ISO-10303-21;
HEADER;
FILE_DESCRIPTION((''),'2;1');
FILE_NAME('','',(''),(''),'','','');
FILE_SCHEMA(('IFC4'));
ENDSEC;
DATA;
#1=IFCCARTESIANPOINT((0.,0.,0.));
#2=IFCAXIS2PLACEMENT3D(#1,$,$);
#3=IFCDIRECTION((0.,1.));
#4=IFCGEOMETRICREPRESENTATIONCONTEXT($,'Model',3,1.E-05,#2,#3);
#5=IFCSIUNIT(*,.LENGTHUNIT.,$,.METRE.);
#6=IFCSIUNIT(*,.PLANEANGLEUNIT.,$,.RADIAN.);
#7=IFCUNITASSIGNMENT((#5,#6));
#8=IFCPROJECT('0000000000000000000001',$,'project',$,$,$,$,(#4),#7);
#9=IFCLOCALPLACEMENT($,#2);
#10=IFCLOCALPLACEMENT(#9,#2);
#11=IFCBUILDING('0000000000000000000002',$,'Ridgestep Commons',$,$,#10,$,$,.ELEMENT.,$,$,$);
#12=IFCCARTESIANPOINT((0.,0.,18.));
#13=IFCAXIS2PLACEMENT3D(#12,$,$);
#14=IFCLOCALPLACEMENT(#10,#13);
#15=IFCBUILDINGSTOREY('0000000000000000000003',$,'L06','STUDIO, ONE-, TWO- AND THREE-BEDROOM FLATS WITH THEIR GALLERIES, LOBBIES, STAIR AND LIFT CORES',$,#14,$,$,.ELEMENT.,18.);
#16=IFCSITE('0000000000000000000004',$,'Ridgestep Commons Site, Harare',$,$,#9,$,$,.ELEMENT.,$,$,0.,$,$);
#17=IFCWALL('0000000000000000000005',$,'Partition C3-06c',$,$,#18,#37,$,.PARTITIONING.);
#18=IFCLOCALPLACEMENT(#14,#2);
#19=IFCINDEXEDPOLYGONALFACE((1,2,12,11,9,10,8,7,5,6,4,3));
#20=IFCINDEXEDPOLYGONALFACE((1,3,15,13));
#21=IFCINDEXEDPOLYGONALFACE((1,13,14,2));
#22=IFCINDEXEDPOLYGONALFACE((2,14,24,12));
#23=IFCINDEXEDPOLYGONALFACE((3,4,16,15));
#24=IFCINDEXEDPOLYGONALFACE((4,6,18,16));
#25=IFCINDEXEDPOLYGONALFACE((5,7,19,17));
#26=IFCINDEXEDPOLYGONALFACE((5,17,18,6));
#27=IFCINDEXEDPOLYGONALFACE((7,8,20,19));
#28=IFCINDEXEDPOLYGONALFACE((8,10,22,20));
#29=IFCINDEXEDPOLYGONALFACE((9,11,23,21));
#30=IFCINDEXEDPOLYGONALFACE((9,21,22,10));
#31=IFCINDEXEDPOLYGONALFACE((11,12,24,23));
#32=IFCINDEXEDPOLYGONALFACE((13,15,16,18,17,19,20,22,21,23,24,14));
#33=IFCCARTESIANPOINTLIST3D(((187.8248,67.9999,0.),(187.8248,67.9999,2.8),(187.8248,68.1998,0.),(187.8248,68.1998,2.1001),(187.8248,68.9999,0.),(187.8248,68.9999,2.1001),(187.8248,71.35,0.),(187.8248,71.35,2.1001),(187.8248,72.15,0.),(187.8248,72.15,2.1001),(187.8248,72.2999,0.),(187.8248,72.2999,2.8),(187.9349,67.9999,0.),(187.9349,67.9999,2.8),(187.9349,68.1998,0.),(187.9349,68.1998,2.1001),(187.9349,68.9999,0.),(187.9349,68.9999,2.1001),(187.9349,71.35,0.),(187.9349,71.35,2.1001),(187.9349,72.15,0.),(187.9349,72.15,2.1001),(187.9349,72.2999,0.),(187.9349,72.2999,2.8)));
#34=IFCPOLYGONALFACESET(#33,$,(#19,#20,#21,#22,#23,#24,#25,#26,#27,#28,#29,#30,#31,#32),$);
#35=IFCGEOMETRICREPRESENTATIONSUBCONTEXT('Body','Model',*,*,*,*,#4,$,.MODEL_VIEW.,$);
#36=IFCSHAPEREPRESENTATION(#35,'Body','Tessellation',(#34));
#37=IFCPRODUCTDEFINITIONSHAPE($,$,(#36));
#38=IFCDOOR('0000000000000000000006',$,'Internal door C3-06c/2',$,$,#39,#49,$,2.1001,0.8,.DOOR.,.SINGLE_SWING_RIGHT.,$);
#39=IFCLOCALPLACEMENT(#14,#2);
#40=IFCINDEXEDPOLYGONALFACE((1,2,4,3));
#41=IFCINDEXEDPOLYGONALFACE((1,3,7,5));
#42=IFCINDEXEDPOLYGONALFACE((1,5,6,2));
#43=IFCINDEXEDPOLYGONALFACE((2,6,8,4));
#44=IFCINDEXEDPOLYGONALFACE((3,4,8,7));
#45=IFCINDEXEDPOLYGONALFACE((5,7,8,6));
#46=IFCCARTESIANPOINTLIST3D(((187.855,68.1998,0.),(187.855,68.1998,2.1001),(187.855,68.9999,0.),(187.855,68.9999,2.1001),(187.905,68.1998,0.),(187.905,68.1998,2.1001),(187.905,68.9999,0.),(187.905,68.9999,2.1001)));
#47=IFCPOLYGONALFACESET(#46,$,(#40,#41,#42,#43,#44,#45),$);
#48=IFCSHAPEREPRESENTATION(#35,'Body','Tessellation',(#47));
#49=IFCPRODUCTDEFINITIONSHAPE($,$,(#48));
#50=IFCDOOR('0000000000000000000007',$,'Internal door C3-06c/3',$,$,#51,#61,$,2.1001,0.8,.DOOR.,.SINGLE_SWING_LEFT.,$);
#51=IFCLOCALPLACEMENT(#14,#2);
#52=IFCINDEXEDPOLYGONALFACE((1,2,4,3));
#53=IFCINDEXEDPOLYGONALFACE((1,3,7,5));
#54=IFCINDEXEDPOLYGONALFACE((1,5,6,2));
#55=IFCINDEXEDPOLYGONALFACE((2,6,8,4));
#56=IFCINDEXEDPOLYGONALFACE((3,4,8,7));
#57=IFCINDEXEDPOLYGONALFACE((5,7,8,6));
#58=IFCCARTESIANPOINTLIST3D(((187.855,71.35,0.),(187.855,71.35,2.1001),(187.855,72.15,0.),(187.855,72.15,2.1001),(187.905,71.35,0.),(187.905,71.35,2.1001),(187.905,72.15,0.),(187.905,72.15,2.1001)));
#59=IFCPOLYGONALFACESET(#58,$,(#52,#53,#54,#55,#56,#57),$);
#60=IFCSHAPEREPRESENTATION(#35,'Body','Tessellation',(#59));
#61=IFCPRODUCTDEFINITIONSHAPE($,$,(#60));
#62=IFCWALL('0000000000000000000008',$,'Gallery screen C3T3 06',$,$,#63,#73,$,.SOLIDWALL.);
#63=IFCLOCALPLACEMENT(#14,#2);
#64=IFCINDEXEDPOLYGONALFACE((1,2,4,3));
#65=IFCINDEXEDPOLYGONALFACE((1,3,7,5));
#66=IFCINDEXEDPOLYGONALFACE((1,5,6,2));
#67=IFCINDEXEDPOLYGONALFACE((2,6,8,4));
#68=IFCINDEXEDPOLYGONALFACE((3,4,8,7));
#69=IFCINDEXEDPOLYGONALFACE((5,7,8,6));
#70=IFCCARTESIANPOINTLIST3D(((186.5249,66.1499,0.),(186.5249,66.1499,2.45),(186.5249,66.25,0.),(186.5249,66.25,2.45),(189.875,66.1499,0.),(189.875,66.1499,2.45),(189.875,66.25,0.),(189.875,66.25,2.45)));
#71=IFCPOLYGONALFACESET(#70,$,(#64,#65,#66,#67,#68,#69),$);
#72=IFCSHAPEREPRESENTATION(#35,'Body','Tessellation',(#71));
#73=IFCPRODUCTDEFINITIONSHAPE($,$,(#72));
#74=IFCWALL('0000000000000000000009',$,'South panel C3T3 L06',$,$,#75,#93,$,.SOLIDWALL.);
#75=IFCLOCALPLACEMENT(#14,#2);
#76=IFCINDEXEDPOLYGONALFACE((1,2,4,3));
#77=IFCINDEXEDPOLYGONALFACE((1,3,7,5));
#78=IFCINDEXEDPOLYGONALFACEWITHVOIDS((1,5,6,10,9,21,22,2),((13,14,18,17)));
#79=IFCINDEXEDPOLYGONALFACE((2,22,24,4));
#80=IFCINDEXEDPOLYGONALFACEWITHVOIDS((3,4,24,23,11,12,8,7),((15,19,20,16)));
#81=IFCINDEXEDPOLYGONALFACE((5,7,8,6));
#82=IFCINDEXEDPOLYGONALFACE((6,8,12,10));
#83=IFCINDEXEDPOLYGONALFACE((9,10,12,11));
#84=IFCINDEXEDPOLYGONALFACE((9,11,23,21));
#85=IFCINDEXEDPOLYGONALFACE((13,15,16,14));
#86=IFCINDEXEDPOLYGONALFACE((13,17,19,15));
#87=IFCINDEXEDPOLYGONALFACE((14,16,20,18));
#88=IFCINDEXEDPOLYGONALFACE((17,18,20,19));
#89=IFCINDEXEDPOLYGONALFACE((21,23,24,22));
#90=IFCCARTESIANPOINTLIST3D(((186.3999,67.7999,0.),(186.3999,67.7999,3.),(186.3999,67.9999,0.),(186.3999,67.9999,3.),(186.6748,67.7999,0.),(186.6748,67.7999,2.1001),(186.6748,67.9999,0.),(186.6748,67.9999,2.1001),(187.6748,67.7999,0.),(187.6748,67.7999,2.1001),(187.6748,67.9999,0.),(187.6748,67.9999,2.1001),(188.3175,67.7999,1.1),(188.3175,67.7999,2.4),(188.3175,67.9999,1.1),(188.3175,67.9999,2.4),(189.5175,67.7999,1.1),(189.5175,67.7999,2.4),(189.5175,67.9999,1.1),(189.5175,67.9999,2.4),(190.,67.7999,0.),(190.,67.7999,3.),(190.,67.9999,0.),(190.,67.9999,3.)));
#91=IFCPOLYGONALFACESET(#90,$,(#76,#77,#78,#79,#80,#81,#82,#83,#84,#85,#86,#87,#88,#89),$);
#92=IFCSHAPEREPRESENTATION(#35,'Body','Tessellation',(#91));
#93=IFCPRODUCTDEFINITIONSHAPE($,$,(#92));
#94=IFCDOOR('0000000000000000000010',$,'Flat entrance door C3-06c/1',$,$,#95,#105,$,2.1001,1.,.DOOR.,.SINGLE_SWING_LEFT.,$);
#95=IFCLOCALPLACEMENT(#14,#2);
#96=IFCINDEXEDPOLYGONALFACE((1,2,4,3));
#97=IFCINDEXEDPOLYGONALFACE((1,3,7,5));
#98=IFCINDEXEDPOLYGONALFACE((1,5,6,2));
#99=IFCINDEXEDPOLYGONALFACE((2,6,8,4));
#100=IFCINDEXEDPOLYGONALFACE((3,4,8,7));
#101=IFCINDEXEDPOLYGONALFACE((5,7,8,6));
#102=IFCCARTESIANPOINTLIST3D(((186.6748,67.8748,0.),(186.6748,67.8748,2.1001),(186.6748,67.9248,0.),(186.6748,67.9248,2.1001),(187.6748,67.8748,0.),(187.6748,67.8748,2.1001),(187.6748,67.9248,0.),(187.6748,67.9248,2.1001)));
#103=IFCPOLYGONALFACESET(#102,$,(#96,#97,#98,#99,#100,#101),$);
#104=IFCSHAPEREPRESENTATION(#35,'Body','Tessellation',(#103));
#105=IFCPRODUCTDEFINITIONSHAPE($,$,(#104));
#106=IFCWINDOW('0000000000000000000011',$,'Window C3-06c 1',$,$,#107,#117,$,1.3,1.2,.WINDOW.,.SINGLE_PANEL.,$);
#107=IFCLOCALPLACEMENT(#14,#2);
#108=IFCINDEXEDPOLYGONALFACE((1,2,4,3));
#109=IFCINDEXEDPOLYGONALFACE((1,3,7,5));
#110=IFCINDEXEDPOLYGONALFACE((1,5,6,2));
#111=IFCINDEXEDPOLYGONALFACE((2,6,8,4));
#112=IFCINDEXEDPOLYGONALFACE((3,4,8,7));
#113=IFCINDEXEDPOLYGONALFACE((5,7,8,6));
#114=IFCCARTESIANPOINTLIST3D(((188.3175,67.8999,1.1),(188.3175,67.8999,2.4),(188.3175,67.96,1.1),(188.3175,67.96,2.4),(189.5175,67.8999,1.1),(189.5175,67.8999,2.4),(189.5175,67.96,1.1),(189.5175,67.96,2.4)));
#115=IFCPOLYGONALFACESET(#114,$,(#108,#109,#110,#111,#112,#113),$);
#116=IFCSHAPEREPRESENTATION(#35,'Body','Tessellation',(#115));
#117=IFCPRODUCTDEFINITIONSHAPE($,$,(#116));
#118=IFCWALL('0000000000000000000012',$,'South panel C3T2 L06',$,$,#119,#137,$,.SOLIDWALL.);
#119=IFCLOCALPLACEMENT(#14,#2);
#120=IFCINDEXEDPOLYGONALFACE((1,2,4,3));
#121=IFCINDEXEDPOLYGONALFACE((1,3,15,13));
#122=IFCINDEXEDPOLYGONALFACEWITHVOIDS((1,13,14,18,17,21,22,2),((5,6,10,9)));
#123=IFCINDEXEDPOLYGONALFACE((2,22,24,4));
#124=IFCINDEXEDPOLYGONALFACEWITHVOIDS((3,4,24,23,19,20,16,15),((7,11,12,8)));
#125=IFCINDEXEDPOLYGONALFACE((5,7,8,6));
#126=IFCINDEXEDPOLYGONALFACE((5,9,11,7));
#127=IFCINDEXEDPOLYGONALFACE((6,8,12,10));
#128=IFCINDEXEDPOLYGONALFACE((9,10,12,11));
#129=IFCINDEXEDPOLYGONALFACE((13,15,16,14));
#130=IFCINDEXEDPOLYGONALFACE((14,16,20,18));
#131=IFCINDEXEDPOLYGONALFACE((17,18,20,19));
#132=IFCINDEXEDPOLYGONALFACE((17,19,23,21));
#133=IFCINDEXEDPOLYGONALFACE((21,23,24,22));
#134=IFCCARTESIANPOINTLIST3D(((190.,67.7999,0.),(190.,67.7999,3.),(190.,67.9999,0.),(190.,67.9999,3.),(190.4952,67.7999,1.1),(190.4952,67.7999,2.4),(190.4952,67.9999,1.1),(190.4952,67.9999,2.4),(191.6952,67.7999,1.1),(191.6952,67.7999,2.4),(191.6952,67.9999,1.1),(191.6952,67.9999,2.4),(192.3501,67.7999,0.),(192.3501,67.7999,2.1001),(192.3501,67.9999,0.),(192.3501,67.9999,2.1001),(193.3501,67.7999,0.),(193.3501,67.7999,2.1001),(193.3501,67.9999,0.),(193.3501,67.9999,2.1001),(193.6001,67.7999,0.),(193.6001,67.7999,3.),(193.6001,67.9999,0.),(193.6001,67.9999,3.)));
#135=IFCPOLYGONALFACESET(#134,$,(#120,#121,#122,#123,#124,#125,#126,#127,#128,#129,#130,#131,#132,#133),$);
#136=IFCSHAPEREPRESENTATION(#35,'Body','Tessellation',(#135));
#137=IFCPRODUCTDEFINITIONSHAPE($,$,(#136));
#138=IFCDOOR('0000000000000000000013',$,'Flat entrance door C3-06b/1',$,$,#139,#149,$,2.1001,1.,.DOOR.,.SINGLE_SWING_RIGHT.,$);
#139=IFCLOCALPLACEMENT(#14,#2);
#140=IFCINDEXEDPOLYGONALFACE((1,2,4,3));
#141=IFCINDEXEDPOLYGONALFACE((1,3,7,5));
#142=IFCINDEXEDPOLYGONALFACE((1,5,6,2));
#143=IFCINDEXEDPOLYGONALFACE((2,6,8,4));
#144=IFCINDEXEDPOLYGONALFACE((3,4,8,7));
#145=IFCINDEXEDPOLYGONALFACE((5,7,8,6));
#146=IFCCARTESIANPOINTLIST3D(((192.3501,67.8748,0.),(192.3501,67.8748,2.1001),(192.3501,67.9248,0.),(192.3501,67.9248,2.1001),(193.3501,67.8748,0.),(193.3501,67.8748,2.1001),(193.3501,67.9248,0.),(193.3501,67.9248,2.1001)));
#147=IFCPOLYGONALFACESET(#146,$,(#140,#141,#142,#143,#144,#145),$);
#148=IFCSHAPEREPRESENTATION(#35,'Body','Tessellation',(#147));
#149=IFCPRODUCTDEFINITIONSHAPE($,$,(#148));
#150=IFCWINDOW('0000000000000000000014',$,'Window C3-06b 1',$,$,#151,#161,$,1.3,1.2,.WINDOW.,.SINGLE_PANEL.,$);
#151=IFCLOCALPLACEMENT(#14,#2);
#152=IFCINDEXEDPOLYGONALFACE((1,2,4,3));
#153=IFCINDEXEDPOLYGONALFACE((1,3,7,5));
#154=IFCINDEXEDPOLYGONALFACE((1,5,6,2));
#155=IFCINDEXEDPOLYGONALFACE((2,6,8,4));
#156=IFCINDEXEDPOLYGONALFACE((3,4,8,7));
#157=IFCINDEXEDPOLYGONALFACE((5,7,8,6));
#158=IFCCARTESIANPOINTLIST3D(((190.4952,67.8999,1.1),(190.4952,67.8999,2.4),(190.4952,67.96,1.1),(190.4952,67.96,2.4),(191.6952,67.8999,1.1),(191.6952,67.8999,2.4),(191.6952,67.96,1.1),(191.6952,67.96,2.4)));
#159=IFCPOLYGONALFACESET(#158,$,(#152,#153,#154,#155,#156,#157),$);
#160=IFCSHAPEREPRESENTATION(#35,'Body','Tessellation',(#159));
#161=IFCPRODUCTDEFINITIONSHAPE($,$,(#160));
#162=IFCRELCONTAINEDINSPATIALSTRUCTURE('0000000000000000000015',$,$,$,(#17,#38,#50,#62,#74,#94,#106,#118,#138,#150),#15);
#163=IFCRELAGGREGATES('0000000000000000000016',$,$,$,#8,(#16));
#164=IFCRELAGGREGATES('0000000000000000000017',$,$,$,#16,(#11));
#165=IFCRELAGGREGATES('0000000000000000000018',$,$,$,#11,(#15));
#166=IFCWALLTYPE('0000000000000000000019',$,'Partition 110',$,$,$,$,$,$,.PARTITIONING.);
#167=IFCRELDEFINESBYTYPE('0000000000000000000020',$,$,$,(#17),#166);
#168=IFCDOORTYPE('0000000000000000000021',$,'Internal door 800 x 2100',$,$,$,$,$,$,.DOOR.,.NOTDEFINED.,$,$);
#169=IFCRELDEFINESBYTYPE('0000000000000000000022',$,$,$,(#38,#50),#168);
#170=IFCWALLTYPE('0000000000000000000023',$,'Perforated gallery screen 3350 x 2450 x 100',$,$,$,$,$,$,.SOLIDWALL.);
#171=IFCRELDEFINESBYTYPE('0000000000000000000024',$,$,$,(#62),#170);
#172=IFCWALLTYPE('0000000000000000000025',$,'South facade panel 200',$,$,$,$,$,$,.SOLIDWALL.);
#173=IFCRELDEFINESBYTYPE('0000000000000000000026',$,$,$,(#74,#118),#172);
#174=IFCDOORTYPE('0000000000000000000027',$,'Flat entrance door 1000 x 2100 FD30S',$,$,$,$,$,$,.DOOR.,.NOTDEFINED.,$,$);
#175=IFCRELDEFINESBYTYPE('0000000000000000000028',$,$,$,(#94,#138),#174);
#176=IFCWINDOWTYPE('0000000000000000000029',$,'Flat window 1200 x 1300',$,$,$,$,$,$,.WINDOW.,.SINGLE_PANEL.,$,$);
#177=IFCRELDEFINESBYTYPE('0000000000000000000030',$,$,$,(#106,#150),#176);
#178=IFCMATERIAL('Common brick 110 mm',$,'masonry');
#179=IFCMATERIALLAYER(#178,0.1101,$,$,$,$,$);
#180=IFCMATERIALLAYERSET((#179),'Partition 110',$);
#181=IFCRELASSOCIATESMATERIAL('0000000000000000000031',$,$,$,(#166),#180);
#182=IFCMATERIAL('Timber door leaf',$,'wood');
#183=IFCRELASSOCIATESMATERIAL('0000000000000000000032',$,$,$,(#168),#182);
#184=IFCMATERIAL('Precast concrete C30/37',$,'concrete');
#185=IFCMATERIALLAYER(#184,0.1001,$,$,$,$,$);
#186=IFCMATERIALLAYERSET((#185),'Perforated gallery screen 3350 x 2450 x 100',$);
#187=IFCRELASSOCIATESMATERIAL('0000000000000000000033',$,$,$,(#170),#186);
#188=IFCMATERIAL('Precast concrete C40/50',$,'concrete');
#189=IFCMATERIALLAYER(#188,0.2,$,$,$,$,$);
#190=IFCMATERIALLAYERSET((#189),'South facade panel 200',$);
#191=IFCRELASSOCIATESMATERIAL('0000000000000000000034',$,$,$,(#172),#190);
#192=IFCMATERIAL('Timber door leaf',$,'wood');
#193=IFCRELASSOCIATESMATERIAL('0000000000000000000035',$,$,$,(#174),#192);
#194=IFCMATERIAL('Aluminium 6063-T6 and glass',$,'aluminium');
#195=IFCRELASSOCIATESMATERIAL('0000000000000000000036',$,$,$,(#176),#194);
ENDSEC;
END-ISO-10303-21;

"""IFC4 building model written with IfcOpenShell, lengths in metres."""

from ifc_helpers import new_model, si_unit, direction, frame, frame_2d, origin, place, context, subcontext, project, spatial, rectangle, extrude, material, layer, layer_set, type_object, element, fill, save


model = new_model("IFC4")

# Units and contexts
model_context = context("Model", 3, precision=1e-05, world=origin(), true_north=direction((0.0, 1.0)))
body_context = subcontext(model_context, "Body", "Model", "MODEL_VIEW")
ifc_project = project(units=[si_unit("LENGTHUNIT", "METRE"), si_unit("PLANEANGLEUNIT", "RADIAN")], contexts=[model_context])

# Site, building, storey
site_placement = place(None, origin())
site = spatial("IfcSite", under=ifc_project, at=site_placement, Name="Ridgestep Commons Site, Harare", CompositionType="ELEMENT", RefElevation=0.0)
building_placement = place(site_placement, origin())
building = spatial("IfcBuilding", under=site, at=building_placement, Name="Ridgestep Commons", CompositionType="ELEMENT")
storey_placement = place(building_placement, frame((0.0, 0.0, 18.0)))
storey = spatial("IfcBuildingStorey", under=building, at=storey_placement, Name="L06", Description="STUDIO, ONE-, TWO- AND THREE-BEDROOM FLATS WITH THEIR GALLERIES, LOBBIES, STAIR AND LIFT CORES", CompositionType="ELEMENT", Elevation=18.0)

# Wall, openings, doors
ifc_material_1 = material(Name="Common brick 110 mm", Category="masonry")
ifc_layer_1 = layer(ifc_material_1, 0.1101)
ifc_layer_set_1 = layer_set([ifc_layer_1], Name="Partition 110")
wall_type_1 = type_object("IfcWallType", Name="Partition 110", PredefinedType="PARTITIONING", material=ifc_layer_set_1)
ifc_material_2 = material(Name="Timber door leaf", Category="wood")
door_type_1 = type_object("IfcDoorType", Name="Internal door 800 x 2100", OperationType="NOTDEFINED", PredefinedType="DOOR", material=ifc_material_2)
wall_1_placement = place(storey_placement, frame((187.8799, 68.0, 0.0), z_axis=(0.0, 0.0, 1.0), x_axis=(0.0, 1.0, 0.0)))
wall_1 = element("IfcWall", 1, at=wall_1_placement, inside=storey, type_object=wall_type_1, Name="Partition C3-06c", PredefinedType="PARTITIONING", context=body_context, shape_type="SweptSolid", body=[
    extrude(rectangle(XDim=4.3, YDim=0.1101, at=frame_2d((2.1499, 0.0))), origin(), (0.0, 0.0, 1.0), 2.8),
])
opening_1_placement = place(wall_1_placement, frame((0.2, 0.0, 0.0)))
opening_1 = element("IfcOpeningElement", 2, at=opening_1_placement, cuts=wall_1, PredefinedType="OPENING", context=body_context, shape_type="SweptSolid", body=[
    extrude(rectangle(XDim=0.8, YDim=2.1001, at=frame_2d((0.3999, 1.05))), frame((0.0, 0.0649, 0.0), z_axis=(0.0, -1.0, 0.0), x_axis=(1.0, 0.0, 0.0)), (0.0, 0.0, 1.0), 0.1301),
])
opening_2_placement = place(wall_1_placement, frame((3.3501, 0.0, 0.0)))
opening_2 = element("IfcOpeningElement", 3, at=opening_2_placement, cuts=wall_1, PredefinedType="OPENING", context=body_context, shape_type="SweptSolid", body=[
    extrude(rectangle(XDim=0.8, YDim=2.1001, at=frame_2d((0.3999, 1.05))), frame((0.0, 0.0649, 0.0), z_axis=(0.0, -1.0, 0.0), x_axis=(1.0, 0.0, 0.0)), (0.0, 0.0, 1.0), 0.1301),
])
door_1_placement = place(opening_1_placement, origin())
door_1 = element("IfcDoor", 4, at=door_1_placement, inside=storey, type_object=door_type_1, Name="Internal door C3-06c/2", OperationType="SINGLE_SWING_RIGHT", OverallHeight=2.1001, OverallWidth=0.8, PredefinedType="DOOR", context=body_context, shape_type="SweptSolid", body=[
    extrude(rectangle(XDim=0.8, YDim=2.1001, at=frame_2d((0.3999, 1.05))), frame((0.0, 0.0249, 0.0), z_axis=(0.0, -1.0, 0.0), x_axis=(1.0, 0.0, 0.0)), (0.0, 0.0, 1.0), 0.05),
])
fill(opening_1, door_1)
door_2_placement = place(opening_2_placement, origin())
door_2 = element("IfcDoor", 5, at=door_2_placement, inside=storey, type_object=door_type_1, Name="Internal door C3-06c/3", OperationType="SINGLE_SWING_LEFT", OverallHeight=2.1001, OverallWidth=0.8, PredefinedType="DOOR", context=body_context, shape_type="SweptSolid", body=[
    extrude(rectangle(XDim=0.8, YDim=2.1001, at=frame_2d((0.3999, 1.05))), frame((0.0, 0.0249, 0.0), z_axis=(0.0, -1.0, 0.0), x_axis=(1.0, 0.0, 0.0)), (0.0, 0.0, 1.0), 0.05),
])
fill(opening_2, door_2)

# Wall
ifc_material_3 = material(Name="Precast concrete C30/37", Category="concrete")
ifc_layer_2 = layer(ifc_material_3, 0.1001)
ifc_layer_set_2 = layer_set([ifc_layer_2], Name="Perforated gallery screen 3350 x 2450 x 100")
wall_type_2 = type_object("IfcWallType", Name="Perforated gallery screen 3350 x 2450 x 100", PredefinedType="SOLIDWALL", material=ifc_layer_set_2)
wall_2_placement = place(storey_placement, frame((186.5249, 66.2, 0.0), z_axis=(0.0, 0.0, 1.0), x_axis=(1.0, 0.0, 0.0)))
element("IfcWall", 6, at=wall_2_placement, inside=storey, type_object=wall_type_2, Name="Gallery screen C3T3 06", PredefinedType="SOLIDWALL", context=body_context, shape_type="SweptSolid", body=[
    extrude(rectangle(XDim=3.3501, YDim=0.1001, at=frame_2d((1.675, 0.0))), origin(), (0.0, 0.0, 1.0), 2.45),
])

# Walls, openings, doors, windows
ifc_material_4 = material(Name="Precast concrete C40/50", Category="concrete")
ifc_layer_3 = layer(ifc_material_4, 0.2)
ifc_layer_set_3 = layer_set([ifc_layer_3], Name="South facade panel 200")
wall_type_3 = type_object("IfcWallType", Name="South facade panel 200", PredefinedType="SOLIDWALL", material=ifc_layer_set_3)
wall_3_placement = place(storey_placement, frame((186.3999, 67.8999, 0.0), z_axis=(0.0, 0.0, 1.0), x_axis=(1.0, 0.0, 0.0)))
wall_3 = element("IfcWall", 7, at=wall_3_placement, inside=storey, type_object=wall_type_3, Name="South panel C3T3 L06", PredefinedType="SOLIDWALL", context=body_context, shape_type="SweptSolid", body=[
    extrude(rectangle(XDim=3.6001, YDim=0.2, at=frame_2d((1.8, 0.0))), origin(), (0.0, 0.0, 1.0), 3.0),
])
opening_3_placement = place(wall_3_placement, frame((1.9175, 0.0, 1.1001)))
opening_3 = element("IfcOpeningElement", 8, at=opening_3_placement, cuts=wall_3, PredefinedType="OPENING", context=body_context, shape_type="SweptSolid", body=[
    extrude(rectangle(XDim=1.2, YDim=1.3, at=frame_2d((0.6001, 0.6499))), frame((0.0, 0.1099, 0.0), z_axis=(0.0, -1.0, 0.0), x_axis=(1.0, 0.0, 0.0)), (0.0, 0.0, 1.0), 0.22),
])
opening_4_placement = place(wall_3_placement, frame((0.2749, 0.0, 0.0)))
opening_4 = element("IfcOpeningElement", 9, at=opening_4_placement, cuts=wall_3, PredefinedType="OPENING", context=body_context, shape_type="SweptSolid", body=[
    extrude(rectangle(XDim=1.0, YDim=2.1001, at=frame_2d((0.5, 1.05))), frame((0.0, 0.1099, 0.0), z_axis=(0.0, -1.0, 0.0), x_axis=(1.0, 0.0, 0.0)), (0.0, 0.0, 1.0), 0.22),
])
ifc_material_5 = material(Name="Timber door leaf", Category="wood")
door_type_2 = type_object("IfcDoorType", Name="Flat entrance door 1000 x 2100 FD30S", OperationType="NOTDEFINED", PredefinedType="DOOR", material=ifc_material_5)
door_3_placement = place(opening_4_placement, origin())
door_3 = element("IfcDoor", 10, at=door_3_placement, inside=storey, type_object=door_type_2, Name="Flat entrance door C3-06c/1", OperationType="SINGLE_SWING_LEFT", OverallHeight=2.1001, OverallWidth=1.0, PredefinedType="DOOR", context=body_context, shape_type="SweptSolid", body=[
    extrude(rectangle(XDim=1.0, YDim=2.1001, at=frame_2d((0.5, 1.05))), frame((0.0, 0.0249, 0.0), z_axis=(0.0, -1.0, 0.0), x_axis=(1.0, 0.0, 0.0)), (0.0, 0.0, 1.0), 0.05),
])
fill(opening_4, door_3)
ifc_material_6 = material(Name="Aluminium 6063-T6 and glass", Category="aluminium")
window_type = type_object("IfcWindowType", Name="Flat window 1200 x 1300", PartitioningType="SINGLE_PANEL", PredefinedType="WINDOW", material=ifc_material_6)
window_1_placement = place(opening_3_placement, origin())
window_1 = element("IfcWindow", 11, at=window_1_placement, inside=storey, type_object=window_type, Name="Window C3-06c 1", OverallHeight=1.3, OverallWidth=1.2, PartitioningType="SINGLE_PANEL", PredefinedType="WINDOW", context=body_context, shape_type="SweptSolid", body=[
    extrude(rectangle(XDim=1.2, YDim=1.3, at=frame_2d((0.6001, 0.6499))), frame((0.0, 0.0601, 0.0), z_axis=(0.0, -1.0, 0.0), x_axis=(1.0, 0.0, 0.0)), (0.0, 0.0, 1.0), 0.0601),
])
fill(opening_3, window_1)
wall_4_placement = place(storey_placement, frame((190.0, 67.8999, 0.0), z_axis=(0.0, 0.0, 1.0), x_axis=(1.0, 0.0, 0.0)))
wall_4 = element("IfcWall", 12, at=wall_4_placement, inside=storey, type_object=wall_type_3, Name="South panel C3T2 L06", PredefinedType="SOLIDWALL", context=body_context, shape_type="SweptSolid", body=[
    extrude(rectangle(XDim=3.6001, YDim=0.2, at=frame_2d((1.8, 0.0))), origin(), (0.0, 0.0, 1.0), 3.0),
])
opening_5_placement = place(wall_4_placement, frame((0.4951, 0.0, 1.1001)))
opening_5 = element("IfcOpeningElement", 13, at=opening_5_placement, cuts=wall_4, PredefinedType="OPENING", context=body_context, shape_type="SweptSolid", body=[
    extrude(rectangle(XDim=1.2, YDim=1.3, at=frame_2d((0.6001, 0.6499))), frame((0.0, 0.1099, 0.0), z_axis=(0.0, -1.0, 0.0), x_axis=(1.0, 0.0, 0.0)), (0.0, 0.0, 1.0), 0.22),
])
opening_6_placement = place(wall_4_placement, frame((2.3501, 0.0, 0.0)))
opening_6 = element("IfcOpeningElement", 14, at=opening_6_placement, cuts=wall_4, PredefinedType="OPENING", context=body_context, shape_type="SweptSolid", body=[
    extrude(rectangle(XDim=1.0, YDim=2.1001, at=frame_2d((0.5, 1.05))), frame((0.0, 0.1099, 0.0), z_axis=(0.0, -1.0, 0.0), x_axis=(1.0, 0.0, 0.0)), (0.0, 0.0, 1.0), 0.22),
])
door_4_placement = place(opening_6_placement, origin())
door_4 = element("IfcDoor", 15, at=door_4_placement, inside=storey, type_object=door_type_2, Name="Flat entrance door C3-06b/1", OperationType="SINGLE_SWING_RIGHT", OverallHeight=2.1001, OverallWidth=1.0, PredefinedType="DOOR", context=body_context, shape_type="SweptSolid", body=[
    extrude(rectangle(XDim=1.0, YDim=2.1001, at=frame_2d((0.5, 1.05))), frame((0.0, 0.0249, 0.0), z_axis=(0.0, -1.0, 0.0), x_axis=(1.0, 0.0, 0.0)), (0.0, 0.0, 1.0), 0.05),
])
fill(opening_6, door_4)
window_2_placement = place(opening_5_placement, origin())
window_2 = element("IfcWindow", 16, at=window_2_placement, inside=storey, type_object=window_type, Name="Window C3-06b 1", OverallHeight=1.3, OverallWidth=1.2, PartitioningType="SINGLE_PANEL", PredefinedType="WINDOW", context=body_context, shape_type="SweptSolid", body=[
    extrude(rectangle(XDim=1.2, YDim=1.3, at=frame_2d((0.6001, 0.6499))), frame((0.0, 0.0601, 0.0), z_axis=(0.0, -1.0, 0.0), x_axis=(1.0, 0.0, 0.0)), (0.0, 0.0, 1.0), 0.0601),
])
fill(opening_5, window_2)

save(model, "model.ifc")
